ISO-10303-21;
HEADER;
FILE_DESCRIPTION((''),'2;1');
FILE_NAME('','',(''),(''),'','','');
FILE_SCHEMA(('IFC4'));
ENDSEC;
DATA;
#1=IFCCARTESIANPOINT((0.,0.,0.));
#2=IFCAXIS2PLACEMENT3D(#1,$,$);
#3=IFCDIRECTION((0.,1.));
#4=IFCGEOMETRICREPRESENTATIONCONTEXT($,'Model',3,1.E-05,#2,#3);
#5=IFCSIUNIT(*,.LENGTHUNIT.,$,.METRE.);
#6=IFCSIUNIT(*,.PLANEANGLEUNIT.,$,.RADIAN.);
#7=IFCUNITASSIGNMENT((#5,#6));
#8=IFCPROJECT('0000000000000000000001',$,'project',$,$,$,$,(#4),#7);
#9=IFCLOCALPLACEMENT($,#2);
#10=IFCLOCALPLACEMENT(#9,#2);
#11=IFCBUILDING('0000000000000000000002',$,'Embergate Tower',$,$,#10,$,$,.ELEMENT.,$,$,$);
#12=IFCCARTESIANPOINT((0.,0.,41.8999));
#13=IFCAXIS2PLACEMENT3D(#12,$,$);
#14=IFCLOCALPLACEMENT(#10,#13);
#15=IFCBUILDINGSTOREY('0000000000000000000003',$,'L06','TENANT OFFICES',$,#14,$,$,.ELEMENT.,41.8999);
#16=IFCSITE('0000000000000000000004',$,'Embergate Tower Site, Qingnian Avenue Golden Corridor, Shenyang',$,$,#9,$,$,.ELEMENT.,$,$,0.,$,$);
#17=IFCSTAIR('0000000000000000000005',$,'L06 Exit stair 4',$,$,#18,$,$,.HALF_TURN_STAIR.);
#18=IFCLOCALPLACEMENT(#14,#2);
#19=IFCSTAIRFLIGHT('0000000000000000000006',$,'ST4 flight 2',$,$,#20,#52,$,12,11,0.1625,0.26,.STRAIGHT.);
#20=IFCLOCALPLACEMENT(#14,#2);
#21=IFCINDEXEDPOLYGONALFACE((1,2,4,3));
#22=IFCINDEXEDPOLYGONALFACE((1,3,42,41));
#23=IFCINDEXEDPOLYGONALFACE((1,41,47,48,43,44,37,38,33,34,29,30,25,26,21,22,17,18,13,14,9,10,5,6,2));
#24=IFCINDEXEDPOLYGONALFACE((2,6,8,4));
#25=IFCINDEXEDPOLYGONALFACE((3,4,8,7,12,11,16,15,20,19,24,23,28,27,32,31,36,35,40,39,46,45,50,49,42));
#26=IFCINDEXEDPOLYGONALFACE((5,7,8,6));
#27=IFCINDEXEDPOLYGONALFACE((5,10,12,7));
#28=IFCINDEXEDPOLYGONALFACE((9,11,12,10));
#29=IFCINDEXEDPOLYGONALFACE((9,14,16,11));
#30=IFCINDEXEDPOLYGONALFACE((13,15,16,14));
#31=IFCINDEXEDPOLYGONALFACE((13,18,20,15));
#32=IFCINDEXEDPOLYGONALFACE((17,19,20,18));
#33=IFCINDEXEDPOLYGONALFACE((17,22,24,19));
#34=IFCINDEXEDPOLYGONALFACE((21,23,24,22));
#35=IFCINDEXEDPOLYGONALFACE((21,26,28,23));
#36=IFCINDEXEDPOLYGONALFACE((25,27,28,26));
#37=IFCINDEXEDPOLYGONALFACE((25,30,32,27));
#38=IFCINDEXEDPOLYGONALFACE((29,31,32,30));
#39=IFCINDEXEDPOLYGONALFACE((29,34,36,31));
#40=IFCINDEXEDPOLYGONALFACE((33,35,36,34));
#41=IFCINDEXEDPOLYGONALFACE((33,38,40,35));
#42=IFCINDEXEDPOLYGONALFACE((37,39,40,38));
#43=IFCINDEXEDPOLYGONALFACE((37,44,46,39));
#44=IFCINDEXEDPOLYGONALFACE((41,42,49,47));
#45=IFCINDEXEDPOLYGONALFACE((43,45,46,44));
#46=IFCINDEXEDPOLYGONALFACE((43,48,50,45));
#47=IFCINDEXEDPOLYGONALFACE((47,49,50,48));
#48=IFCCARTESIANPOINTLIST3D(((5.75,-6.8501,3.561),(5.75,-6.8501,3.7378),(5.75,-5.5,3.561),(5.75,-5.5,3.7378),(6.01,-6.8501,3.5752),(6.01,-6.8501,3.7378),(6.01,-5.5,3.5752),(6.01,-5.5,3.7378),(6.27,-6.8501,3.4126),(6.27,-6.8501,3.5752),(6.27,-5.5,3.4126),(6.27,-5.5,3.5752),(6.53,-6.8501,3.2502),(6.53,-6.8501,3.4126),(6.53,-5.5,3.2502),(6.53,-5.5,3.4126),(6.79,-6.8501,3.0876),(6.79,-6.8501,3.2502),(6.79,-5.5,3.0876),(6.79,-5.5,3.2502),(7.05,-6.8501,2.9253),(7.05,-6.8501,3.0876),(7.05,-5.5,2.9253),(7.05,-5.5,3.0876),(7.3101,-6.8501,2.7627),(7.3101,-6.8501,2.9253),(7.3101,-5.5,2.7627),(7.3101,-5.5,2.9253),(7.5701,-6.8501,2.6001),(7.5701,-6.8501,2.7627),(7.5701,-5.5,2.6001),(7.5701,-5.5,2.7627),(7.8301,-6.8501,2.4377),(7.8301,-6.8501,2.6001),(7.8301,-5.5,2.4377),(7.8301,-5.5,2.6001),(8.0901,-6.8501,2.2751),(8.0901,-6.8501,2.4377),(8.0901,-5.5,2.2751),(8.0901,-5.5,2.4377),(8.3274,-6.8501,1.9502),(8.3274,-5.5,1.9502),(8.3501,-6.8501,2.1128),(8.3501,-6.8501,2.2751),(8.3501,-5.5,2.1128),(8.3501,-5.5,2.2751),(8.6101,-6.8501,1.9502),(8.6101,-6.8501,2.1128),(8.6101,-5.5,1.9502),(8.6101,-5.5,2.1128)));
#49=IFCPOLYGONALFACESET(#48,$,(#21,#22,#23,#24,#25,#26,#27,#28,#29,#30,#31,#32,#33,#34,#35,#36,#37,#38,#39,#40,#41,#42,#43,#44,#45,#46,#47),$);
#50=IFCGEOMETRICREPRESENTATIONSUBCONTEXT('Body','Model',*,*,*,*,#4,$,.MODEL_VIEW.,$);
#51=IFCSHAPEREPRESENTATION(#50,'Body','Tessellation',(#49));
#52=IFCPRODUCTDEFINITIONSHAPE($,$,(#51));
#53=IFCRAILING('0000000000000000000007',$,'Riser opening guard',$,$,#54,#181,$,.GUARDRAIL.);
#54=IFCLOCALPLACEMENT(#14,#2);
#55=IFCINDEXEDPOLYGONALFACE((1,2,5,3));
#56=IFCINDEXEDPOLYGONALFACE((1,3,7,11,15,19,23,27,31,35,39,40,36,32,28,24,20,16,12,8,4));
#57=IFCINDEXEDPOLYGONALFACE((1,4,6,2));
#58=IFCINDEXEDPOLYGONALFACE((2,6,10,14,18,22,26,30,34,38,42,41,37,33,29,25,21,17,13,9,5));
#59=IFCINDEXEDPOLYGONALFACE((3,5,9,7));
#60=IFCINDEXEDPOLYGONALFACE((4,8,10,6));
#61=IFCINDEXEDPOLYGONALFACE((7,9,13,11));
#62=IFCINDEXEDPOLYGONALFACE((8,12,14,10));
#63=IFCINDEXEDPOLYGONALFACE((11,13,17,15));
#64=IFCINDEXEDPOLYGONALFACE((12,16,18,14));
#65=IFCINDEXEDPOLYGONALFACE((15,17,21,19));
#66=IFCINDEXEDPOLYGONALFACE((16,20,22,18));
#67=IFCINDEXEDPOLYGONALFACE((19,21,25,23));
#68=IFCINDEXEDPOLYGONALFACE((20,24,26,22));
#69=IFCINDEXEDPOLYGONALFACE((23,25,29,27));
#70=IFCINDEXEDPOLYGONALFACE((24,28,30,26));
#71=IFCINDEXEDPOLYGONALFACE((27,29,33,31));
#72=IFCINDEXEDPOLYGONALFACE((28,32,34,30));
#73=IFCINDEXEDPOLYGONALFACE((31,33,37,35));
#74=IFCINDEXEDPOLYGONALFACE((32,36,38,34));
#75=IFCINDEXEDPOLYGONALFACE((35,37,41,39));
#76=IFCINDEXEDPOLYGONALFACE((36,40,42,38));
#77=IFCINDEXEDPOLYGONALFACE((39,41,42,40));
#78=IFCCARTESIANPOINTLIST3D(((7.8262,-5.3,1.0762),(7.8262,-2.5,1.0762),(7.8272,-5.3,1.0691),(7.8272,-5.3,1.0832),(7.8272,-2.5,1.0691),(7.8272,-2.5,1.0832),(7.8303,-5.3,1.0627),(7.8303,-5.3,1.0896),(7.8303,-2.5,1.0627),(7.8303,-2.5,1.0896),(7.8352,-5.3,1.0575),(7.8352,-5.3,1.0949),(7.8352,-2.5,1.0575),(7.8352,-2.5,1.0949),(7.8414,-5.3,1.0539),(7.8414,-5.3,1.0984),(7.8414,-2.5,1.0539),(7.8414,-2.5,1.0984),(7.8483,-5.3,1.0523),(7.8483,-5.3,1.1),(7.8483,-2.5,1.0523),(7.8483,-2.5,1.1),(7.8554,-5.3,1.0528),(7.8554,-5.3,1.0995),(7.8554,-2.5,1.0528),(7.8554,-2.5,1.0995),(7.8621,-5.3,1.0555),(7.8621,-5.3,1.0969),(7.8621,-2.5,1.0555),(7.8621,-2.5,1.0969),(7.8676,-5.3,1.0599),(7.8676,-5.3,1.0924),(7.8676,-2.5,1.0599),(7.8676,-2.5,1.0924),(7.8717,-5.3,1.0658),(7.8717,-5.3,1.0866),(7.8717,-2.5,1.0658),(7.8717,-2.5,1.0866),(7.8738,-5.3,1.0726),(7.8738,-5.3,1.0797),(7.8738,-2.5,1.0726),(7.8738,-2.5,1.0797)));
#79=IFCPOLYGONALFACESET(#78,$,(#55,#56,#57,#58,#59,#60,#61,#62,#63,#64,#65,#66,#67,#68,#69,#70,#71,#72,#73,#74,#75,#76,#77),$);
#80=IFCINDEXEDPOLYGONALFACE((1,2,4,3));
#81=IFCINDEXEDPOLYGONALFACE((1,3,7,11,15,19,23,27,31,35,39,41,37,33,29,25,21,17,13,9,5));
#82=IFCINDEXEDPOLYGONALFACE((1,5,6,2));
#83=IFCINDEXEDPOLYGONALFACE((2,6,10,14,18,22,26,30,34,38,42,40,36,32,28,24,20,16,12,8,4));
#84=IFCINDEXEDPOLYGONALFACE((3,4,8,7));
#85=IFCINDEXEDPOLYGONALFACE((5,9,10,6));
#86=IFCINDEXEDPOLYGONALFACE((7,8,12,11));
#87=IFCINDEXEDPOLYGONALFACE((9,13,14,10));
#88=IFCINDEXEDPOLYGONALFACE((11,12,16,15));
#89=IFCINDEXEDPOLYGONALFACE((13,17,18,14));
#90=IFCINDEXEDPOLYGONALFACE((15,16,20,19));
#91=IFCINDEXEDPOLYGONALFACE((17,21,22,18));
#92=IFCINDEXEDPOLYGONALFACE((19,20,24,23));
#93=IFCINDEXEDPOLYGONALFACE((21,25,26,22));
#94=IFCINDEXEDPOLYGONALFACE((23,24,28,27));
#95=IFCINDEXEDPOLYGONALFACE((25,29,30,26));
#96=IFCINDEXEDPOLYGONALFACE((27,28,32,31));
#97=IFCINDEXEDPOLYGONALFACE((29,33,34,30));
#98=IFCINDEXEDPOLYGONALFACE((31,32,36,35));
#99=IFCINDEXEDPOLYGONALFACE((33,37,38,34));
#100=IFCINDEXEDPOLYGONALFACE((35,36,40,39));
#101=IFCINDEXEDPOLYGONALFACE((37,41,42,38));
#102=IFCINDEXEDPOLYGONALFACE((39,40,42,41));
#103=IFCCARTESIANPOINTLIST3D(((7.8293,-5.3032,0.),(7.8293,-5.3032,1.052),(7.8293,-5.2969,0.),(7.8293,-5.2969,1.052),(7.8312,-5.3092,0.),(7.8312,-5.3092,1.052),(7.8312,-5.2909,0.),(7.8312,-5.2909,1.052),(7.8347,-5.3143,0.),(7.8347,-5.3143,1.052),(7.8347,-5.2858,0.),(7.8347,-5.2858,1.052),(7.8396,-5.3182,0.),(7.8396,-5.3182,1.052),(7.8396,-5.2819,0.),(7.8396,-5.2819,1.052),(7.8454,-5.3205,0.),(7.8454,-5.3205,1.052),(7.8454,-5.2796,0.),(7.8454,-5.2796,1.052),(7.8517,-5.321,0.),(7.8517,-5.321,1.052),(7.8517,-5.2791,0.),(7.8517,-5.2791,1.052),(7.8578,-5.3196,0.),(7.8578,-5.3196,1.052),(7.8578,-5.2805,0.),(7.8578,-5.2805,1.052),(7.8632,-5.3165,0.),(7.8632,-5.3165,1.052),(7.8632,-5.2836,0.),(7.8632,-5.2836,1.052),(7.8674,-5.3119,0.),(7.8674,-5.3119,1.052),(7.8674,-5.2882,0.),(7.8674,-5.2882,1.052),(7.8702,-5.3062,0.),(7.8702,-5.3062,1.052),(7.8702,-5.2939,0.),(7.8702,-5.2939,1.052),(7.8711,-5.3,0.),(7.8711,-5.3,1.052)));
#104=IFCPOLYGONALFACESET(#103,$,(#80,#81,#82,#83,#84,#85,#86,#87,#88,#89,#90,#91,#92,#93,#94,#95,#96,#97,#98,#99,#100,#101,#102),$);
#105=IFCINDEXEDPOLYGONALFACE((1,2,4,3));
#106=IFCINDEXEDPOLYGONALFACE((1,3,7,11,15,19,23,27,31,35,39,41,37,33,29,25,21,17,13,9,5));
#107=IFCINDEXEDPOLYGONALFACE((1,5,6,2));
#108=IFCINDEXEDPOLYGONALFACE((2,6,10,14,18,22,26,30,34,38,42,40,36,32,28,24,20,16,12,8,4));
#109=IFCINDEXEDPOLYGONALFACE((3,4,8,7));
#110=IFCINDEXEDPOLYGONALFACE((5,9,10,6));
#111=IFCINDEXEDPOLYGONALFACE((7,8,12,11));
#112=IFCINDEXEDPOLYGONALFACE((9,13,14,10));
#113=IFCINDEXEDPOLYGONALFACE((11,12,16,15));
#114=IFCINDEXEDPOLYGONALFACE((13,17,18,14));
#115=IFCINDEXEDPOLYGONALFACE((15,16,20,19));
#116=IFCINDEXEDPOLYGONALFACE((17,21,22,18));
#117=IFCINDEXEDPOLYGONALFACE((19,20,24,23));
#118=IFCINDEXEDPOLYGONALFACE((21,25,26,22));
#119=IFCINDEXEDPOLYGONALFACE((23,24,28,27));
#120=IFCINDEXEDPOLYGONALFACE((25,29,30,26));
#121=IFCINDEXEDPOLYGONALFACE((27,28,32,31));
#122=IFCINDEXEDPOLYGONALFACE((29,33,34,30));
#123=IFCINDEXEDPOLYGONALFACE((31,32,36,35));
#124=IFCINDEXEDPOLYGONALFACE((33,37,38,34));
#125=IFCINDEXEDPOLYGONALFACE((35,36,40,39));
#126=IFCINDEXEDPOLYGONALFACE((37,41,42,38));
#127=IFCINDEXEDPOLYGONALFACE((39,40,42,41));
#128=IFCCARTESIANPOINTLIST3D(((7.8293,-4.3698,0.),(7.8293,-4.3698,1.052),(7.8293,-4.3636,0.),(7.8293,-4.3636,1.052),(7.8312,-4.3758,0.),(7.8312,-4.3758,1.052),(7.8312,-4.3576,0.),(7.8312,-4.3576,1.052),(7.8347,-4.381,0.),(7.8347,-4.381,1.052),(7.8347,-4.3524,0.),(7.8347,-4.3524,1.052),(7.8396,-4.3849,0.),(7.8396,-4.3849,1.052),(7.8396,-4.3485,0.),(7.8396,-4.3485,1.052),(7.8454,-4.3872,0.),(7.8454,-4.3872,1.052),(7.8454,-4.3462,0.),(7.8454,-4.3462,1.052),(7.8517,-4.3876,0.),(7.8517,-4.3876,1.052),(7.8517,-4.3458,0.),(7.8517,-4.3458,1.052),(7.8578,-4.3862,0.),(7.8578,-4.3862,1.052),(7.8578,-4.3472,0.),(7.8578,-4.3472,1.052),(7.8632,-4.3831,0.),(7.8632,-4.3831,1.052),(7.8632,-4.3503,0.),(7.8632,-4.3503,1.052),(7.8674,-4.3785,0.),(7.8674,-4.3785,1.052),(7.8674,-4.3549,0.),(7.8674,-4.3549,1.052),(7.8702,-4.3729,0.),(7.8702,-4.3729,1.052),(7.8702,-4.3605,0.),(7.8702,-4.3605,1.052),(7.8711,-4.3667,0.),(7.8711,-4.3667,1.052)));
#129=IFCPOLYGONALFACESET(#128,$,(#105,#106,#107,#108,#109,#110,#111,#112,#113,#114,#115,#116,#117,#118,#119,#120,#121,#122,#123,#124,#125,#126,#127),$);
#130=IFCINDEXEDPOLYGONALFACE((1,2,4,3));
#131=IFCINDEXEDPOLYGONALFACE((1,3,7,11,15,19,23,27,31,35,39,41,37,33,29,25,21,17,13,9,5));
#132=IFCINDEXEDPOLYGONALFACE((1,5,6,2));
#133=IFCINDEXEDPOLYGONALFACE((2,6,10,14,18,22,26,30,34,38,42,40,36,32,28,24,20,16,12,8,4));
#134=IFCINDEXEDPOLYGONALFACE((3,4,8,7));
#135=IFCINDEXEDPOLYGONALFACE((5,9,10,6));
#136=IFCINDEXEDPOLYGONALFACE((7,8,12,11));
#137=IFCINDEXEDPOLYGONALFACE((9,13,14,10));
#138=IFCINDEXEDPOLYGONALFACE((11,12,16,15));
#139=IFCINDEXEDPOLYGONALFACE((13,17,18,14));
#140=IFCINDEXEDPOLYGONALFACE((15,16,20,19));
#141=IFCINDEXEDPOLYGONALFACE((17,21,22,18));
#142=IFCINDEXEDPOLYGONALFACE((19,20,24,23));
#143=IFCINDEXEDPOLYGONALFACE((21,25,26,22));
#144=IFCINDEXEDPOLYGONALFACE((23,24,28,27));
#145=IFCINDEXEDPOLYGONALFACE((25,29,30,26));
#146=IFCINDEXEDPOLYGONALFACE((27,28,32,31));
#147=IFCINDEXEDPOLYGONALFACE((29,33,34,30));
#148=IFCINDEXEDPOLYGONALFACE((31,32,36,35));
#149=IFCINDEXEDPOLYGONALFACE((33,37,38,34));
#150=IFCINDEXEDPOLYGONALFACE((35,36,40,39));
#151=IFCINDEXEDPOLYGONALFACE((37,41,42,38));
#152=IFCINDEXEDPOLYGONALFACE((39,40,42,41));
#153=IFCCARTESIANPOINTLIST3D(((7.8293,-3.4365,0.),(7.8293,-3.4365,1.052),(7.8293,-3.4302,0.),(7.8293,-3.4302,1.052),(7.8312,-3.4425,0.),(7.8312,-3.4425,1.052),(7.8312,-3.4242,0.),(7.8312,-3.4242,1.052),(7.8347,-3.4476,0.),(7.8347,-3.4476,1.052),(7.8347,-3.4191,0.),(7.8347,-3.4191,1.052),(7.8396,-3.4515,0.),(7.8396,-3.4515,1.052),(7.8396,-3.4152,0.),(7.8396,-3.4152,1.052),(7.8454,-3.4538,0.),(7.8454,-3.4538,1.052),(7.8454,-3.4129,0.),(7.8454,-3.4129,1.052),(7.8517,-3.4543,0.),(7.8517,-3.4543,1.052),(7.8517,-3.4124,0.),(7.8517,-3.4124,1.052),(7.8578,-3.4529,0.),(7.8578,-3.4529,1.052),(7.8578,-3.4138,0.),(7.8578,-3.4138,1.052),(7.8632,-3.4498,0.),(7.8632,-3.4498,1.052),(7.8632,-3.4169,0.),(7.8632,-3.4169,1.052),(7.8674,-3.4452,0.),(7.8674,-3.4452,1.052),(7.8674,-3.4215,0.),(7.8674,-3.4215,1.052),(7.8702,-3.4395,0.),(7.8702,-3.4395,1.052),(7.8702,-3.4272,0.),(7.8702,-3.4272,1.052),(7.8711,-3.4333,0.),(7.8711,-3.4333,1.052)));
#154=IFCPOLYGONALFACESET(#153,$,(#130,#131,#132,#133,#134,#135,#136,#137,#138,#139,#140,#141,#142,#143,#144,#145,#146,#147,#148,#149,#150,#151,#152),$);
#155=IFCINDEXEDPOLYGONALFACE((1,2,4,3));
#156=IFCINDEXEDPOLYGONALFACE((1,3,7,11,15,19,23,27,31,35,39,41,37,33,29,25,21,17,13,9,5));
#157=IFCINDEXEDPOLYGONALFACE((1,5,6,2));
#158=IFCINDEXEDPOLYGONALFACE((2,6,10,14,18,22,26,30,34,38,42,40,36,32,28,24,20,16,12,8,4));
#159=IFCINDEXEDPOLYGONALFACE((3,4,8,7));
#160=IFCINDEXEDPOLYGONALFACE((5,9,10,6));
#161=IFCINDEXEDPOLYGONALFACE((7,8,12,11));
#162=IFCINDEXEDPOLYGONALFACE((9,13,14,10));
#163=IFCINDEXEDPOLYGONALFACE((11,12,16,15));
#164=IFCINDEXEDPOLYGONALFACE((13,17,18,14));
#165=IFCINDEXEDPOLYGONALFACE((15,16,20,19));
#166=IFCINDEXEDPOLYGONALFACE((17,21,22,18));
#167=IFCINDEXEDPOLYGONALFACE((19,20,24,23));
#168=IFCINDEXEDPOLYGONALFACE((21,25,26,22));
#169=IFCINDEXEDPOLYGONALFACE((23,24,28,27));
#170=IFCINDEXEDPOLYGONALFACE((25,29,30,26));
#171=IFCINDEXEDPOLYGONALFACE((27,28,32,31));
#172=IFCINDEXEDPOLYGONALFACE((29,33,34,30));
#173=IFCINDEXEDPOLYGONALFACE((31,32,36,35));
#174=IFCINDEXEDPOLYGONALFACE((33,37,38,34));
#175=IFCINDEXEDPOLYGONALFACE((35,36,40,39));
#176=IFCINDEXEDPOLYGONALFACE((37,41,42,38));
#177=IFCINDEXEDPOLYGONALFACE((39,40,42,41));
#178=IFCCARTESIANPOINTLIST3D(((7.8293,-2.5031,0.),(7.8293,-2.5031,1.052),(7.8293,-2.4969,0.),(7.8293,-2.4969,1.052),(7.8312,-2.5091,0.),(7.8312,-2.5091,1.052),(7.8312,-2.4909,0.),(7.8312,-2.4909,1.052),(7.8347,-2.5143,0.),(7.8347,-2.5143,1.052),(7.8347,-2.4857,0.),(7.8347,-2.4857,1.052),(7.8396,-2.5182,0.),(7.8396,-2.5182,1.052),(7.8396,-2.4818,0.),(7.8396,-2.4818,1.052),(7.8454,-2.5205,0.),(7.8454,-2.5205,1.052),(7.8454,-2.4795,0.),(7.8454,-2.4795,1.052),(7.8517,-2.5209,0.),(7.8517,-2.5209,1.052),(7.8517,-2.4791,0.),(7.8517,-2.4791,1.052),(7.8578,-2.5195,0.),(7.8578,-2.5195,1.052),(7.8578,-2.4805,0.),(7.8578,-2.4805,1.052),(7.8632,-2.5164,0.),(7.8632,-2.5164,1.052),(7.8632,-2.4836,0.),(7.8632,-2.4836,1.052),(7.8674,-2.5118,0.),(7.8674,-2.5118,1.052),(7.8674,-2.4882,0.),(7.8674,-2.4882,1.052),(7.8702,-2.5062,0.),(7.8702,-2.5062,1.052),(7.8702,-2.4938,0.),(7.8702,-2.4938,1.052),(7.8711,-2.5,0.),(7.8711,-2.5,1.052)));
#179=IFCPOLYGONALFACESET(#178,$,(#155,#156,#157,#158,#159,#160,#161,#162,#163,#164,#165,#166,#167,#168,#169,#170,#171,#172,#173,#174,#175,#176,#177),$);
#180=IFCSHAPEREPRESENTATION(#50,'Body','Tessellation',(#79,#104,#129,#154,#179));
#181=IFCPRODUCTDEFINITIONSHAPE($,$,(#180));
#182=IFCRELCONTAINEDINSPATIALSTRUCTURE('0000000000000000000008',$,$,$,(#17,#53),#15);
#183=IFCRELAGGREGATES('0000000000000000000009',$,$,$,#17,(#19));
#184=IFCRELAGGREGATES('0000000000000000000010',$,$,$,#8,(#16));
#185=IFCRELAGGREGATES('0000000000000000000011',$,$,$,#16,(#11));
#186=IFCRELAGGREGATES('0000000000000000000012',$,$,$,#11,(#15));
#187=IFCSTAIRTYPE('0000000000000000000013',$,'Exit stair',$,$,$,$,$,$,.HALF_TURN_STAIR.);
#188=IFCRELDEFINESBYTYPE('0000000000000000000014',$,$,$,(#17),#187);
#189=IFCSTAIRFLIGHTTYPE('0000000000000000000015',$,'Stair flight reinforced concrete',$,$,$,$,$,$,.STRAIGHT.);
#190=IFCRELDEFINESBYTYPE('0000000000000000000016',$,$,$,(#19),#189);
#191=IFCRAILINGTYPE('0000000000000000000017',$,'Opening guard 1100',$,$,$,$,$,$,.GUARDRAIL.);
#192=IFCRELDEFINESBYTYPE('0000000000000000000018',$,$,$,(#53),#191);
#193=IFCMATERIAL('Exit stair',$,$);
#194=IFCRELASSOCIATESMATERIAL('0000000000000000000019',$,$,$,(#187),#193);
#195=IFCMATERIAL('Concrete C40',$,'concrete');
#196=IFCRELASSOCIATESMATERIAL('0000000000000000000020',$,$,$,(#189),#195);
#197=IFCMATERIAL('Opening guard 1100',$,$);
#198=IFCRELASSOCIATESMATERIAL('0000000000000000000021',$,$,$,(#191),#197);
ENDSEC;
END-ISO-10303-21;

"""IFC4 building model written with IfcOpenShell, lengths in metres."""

from ifc_helpers import new_model, si_unit, direction, frame, origin, origin_2d, place, context, subcontext, project, spatial, polyline, circle, outline, extrude, source, transform, mapped, material, type_object, element, aggregate, save


model = new_model("IFC4")

# Units and contexts
model_context = context("Model", 3, precision=1e-05, world=origin(), true_north=direction((0.0, 1.0)))
body_context = subcontext(model_context, "Body", "Model", "MODEL_VIEW")
ifc_project = project(units=[si_unit("LENGTHUNIT", "METRE"), si_unit("PLANEANGLEUNIT", "RADIAN")], contexts=[model_context])

# Site, building, storey
site_placement = place(None, origin())
site = spatial("IfcSite", under=ifc_project, at=site_placement, Name="Embergate Tower Site, Qingnian Avenue Golden Corridor, Shenyang", CompositionType="ELEMENT", RefElevation=0.0)
building_placement = place(site_placement, origin())
building = spatial("IfcBuilding", under=site, at=building_placement, Name="Embergate Tower", CompositionType="ELEMENT")
storey_placement = place(building_placement, frame((0.0, 0.0, 41.8999)))
storey = spatial("IfcBuildingStorey", under=building, at=storey_placement, Name="L06", Description="TENANT OFFICES", CompositionType="ELEMENT", Elevation=41.8999)

# Stair
ifc_material_1 = material(Name="Exit stair")
stair_type = type_object("IfcStairType", Name="Exit stair", PredefinedType="HALF_TURN_STAIR", material=ifc_material_1)
stair_placement = place(storey_placement, origin())
stair = element("IfcStair", 1, at=stair_placement, inside=storey, type_object=stair_type, Name="L06 Exit stair 4", PredefinedType="HALF_TURN_STAIR")
ifc_material_2 = material(Name="Concrete C40", Category="concrete")

# Stair flight
stair_flight_type = type_object("IfcStairFlightType", Name="Stair flight reinforced concrete", PredefinedType="STRAIGHT", material=ifc_material_2)
shared_shape_1 = source(origin(), body_context, "Body", "SweptSolid", [
    extrude(outline(polyline([(0.0, 0.0), (0.0, 0.1626), (0.26, 0.1626), (0.26, 0.325), (0.52, 0.325), (0.52, 0.4875), (0.78, 0.4875), (0.78, 0.6499), (1.04, 0.6499), (1.04, 0.8125), (1.3, 0.8125), (1.3, 0.9751), (1.5601, 0.9751), (1.5601, 1.1375), (1.8201, 1.1375), (1.8201, 1.3), (2.0801, 1.3), (2.0801, 1.4624), (2.3401, 1.4624), (2.3401, 1.625), (2.6001, 1.625), (2.6001, 1.7876), (2.8601, 1.7876), (2.8601, 1.95), (2.8601, 1.6108), (0.2827, 0.0), (0.0, 0.0)])), frame((0.0, 0.675, 0.0), z_axis=(0.0, -1.0, 0.0), x_axis=(1.0, 0.0, 0.0)), (0.0, 0.0, 1.0), 1.3501),
])
stair_flight_placement = place(storey_placement, frame((8.6101, -6.175, 1.9502), z_axis=(0.0, 0.0, 1.0), x_axis=(-1.0, 0.0, 0.0)))
stair_flight = element("IfcStairFlight", 2, at=stair_flight_placement, type_object=stair_flight_type, Name="ST4 flight 2", NumberOfRisers=12, NumberOfTreads=11, PredefinedType="STRAIGHT", RiserHeight=0.1625, TreadLength=0.26, context=body_context, shape_type="MappedRepresentation", body=[
    mapped(shared_shape_1, transform((0.0, 0.0, 0.0))),
])
aggregate(stair, [stair_flight])

# Railing
ifc_material_3 = material(Name="Opening guard 1100")
railing_type = type_object("IfcRailingType", Name="Opening guard 1100", PredefinedType="GUARDRAIL", material=ifc_material_3)
shared_shape_2 = source(origin(), body_context, "Body", "SweptSolid", [
    extrude(circle(Radius=0.0239, at=origin_2d()), frame((0.0, 0.0, 1.0762), z_axis=(0.0, 1.0, 0.0), x_axis=(-1.0, 0.0, 0.0)), (0.0, 0.0, 1.0), 2.8),
    extrude(circle(Radius=0.021, at=origin_2d()), origin(), (0.0, 0.0, 1.0), 1.052),
    extrude(circle(Radius=0.021, at=origin_2d()), frame((0.0, 0.9333, 0.0)), (0.0, 0.0, 1.0), 1.052),
    extrude(circle(Radius=0.021, at=origin_2d()), frame((0.0, 1.8667, 0.0)), (0.0, 0.0, 1.0), 1.052),
    extrude(circle(Radius=0.021, at=origin_2d()), frame((0.0, 2.8, 0.0)), (0.0, 0.0, 1.0), 1.052),
])
railing_placement = place(storey_placement, frame((7.8501, -5.3, 0.0)))
element("IfcRailing", 3, at=railing_placement, inside=storey, type_object=railing_type, Name="Riser opening guard", PredefinedType="GUARDRAIL", context=body_context, shape_type="MappedRepresentation", body=[
    mapped(shared_shape_2, transform((0.0, 0.0, 0.0))),
])

save(model, "model.ifc")
